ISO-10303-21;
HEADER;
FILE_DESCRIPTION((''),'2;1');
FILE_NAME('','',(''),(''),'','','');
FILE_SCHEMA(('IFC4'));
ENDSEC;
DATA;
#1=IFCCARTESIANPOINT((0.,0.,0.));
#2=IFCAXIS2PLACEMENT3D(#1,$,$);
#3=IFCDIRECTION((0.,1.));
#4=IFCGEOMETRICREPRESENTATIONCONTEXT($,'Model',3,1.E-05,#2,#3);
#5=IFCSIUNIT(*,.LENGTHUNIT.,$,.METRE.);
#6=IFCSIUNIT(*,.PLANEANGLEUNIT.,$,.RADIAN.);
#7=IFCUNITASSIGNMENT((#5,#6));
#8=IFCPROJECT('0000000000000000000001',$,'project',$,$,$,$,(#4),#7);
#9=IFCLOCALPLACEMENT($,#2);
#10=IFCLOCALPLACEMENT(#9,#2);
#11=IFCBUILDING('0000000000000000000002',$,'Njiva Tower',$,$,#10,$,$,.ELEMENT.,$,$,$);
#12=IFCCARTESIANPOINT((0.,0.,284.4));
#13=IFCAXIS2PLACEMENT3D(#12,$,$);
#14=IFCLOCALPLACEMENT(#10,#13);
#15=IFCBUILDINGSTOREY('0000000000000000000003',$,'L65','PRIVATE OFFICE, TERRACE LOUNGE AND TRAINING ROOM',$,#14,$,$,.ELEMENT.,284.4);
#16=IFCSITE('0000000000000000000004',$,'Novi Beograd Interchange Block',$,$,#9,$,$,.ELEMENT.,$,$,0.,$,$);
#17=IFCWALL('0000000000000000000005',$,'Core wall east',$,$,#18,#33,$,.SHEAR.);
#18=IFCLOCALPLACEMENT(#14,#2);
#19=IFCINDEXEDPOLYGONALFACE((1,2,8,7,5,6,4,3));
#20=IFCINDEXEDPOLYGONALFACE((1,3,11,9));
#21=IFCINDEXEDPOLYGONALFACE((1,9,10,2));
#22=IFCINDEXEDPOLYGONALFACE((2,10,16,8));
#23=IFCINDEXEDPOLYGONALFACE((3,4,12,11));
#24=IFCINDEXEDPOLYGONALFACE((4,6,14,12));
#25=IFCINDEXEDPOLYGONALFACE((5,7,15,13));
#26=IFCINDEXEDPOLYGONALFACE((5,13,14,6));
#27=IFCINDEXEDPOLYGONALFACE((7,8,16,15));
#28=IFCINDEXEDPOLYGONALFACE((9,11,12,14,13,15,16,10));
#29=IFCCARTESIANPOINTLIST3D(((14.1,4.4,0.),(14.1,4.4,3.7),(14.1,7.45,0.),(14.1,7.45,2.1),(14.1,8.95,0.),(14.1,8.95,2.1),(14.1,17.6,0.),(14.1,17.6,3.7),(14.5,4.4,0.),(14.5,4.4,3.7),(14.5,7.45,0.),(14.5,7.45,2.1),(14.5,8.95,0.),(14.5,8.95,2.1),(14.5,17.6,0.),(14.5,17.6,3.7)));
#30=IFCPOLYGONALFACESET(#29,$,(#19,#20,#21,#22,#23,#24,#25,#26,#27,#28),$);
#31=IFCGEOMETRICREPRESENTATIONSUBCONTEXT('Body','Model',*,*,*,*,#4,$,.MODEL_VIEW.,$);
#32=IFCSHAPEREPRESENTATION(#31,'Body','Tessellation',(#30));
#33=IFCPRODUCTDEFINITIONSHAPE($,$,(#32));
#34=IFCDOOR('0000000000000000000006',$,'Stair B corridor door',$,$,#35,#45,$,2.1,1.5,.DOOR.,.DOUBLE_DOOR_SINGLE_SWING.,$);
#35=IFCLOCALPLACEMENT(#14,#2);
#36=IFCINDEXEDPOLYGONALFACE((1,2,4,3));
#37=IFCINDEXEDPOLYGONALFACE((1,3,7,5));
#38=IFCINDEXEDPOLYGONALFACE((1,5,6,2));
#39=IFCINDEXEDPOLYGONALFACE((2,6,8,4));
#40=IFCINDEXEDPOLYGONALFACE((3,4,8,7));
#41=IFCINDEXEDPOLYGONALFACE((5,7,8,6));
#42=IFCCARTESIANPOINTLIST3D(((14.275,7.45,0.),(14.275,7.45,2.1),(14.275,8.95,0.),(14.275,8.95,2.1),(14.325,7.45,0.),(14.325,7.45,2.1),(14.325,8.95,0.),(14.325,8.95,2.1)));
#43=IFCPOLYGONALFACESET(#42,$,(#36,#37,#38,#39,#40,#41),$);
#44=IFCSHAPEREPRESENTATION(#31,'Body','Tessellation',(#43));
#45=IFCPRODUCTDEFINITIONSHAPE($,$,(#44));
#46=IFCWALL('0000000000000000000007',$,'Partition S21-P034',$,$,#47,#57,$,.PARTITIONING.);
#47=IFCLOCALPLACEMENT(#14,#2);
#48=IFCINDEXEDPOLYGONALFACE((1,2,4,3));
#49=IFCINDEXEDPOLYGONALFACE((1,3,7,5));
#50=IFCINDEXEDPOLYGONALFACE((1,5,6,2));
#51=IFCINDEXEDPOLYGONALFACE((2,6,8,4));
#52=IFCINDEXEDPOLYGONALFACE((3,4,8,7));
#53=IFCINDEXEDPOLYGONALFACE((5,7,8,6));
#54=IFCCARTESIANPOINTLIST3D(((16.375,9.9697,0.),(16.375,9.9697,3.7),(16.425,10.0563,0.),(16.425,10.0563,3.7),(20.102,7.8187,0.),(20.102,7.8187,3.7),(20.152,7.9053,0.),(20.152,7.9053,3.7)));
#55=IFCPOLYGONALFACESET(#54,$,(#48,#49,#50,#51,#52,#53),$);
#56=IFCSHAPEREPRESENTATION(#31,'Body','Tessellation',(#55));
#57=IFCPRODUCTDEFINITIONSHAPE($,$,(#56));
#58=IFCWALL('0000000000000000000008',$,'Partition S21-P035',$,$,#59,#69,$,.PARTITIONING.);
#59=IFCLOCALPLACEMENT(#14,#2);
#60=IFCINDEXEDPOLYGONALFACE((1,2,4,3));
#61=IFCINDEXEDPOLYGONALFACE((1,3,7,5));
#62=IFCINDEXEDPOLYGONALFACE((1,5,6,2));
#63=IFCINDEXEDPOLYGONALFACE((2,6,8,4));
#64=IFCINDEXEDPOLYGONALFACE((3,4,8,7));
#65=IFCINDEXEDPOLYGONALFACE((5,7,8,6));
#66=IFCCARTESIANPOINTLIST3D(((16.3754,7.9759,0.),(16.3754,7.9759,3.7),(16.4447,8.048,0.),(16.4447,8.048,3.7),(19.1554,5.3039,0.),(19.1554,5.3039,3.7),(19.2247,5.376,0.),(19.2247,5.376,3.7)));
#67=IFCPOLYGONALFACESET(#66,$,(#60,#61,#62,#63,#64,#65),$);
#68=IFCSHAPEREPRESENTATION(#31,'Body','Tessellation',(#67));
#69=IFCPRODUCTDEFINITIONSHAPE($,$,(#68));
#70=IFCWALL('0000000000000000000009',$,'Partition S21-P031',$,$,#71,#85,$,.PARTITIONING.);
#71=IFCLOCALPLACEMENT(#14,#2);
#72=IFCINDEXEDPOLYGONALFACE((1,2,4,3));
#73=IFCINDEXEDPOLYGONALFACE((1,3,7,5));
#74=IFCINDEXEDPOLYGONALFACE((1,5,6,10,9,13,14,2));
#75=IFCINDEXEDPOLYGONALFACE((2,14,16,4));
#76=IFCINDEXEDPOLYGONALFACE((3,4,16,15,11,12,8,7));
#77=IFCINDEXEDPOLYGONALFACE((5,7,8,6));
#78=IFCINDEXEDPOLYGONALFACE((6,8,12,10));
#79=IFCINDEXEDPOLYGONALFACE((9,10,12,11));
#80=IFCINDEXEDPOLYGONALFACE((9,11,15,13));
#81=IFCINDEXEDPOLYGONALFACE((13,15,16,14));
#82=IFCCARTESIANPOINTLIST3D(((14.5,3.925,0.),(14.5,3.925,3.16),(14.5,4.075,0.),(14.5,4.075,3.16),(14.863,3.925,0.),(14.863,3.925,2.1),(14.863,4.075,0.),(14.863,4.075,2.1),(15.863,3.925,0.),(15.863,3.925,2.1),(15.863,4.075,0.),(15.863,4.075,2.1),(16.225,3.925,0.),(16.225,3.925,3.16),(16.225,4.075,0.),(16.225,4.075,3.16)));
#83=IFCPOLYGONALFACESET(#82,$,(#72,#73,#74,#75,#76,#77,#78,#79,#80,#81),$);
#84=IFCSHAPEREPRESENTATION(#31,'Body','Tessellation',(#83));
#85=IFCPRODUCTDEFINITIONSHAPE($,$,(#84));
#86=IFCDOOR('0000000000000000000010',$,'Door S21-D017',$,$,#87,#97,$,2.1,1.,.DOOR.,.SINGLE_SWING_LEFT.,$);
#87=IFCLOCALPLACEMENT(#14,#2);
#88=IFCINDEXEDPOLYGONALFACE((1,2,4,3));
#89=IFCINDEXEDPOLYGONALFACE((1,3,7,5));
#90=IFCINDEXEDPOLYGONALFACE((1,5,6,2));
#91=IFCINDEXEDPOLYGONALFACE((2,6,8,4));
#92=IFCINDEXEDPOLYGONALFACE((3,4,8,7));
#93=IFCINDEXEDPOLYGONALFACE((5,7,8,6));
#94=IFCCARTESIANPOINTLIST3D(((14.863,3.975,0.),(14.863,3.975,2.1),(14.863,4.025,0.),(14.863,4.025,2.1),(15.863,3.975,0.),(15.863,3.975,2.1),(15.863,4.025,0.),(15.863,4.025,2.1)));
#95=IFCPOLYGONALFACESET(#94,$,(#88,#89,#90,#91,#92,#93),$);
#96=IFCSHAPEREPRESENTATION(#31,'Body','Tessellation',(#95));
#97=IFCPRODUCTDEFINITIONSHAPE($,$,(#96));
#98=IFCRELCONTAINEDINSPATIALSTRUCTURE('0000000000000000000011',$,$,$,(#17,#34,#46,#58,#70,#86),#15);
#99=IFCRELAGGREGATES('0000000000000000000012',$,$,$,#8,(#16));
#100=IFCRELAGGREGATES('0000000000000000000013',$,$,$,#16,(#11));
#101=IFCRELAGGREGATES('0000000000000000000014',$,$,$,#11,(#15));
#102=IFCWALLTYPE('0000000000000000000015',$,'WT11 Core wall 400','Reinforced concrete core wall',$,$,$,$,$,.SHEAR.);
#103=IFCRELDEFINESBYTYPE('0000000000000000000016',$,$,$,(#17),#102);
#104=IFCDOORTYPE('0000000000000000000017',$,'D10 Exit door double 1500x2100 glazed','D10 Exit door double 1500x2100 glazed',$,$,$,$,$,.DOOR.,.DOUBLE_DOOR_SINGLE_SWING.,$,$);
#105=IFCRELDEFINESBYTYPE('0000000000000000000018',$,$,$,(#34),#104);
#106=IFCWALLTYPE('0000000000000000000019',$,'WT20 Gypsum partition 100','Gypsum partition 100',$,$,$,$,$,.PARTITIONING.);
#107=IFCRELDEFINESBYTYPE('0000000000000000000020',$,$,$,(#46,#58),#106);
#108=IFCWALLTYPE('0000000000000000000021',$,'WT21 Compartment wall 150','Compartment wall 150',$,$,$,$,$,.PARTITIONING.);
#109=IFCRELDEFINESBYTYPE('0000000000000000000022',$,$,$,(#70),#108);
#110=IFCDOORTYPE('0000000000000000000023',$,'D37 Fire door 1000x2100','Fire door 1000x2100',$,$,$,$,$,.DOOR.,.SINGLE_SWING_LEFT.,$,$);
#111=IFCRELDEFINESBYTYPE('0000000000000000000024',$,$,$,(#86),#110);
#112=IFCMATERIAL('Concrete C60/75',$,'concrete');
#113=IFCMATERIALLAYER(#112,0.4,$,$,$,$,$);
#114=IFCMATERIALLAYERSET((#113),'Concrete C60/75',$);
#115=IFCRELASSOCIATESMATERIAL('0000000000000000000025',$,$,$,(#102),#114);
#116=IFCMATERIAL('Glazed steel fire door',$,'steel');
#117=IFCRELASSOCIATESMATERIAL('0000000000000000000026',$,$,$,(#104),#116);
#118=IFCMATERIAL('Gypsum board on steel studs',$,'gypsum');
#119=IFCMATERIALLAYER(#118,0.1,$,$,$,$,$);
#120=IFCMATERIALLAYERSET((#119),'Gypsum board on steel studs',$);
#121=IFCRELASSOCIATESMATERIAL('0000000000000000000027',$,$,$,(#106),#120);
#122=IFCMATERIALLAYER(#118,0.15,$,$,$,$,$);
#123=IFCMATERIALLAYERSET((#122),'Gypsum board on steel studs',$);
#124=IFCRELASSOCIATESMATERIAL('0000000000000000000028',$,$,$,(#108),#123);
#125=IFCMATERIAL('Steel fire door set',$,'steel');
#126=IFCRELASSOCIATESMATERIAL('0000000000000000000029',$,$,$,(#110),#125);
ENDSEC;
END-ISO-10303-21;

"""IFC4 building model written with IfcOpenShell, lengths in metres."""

from ifc_helpers import new_model, si_unit, direction, frame, frame_2d, origin, place, context, subcontext, project, spatial, rectangle, extrude, material, layer, layer_set, type_object, element, fill, save


model = new_model("IFC4")

# Units and contexts
model_context = context("Model", 3, precision=1e-05, world=origin(), true_north=direction((0.0, 1.0)))
body_context = subcontext(model_context, "Body", "Model", "MODEL_VIEW")
ifc_project = project(units=[si_unit("LENGTHUNIT", "METRE"), si_unit("PLANEANGLEUNIT", "RADIAN")], contexts=[model_context])

# Site, building, storey
site_placement = place(None, origin())
site = spatial("IfcSite", under=ifc_project, at=site_placement, Name="Novi Beograd Interchange Block", CompositionType="ELEMENT", RefElevation=0.0)
building_placement = place(site_placement, origin())
building = spatial("IfcBuilding", under=site, at=building_placement, Name="Njiva Tower", CompositionType="ELEMENT")
storey_placement = place(building_placement, frame((0.0, 0.0, 284.4)))
storey = spatial("IfcBuildingStorey", under=building, at=storey_placement, Name="L65", Description="PRIVATE OFFICE, TERRACE LOUNGE AND TRAINING ROOM", CompositionType="ELEMENT", Elevation=284.4)

# Wall, opening, door
ifc_material_1 = material(Name="Concrete C60/75", Category="concrete")
ifc_layer_1 = layer(ifc_material_1, 0.4)
ifc_layer_set_1 = layer_set([ifc_layer_1], Name="Concrete C60/75")
wall_type_1 = type_object("IfcWallType", Name="WT11 Core wall 400", Description="Reinforced concrete core wall", PredefinedType="SHEAR", material=ifc_layer_set_1)
wall_1_placement = place(storey_placement, frame((14.3, 4.4, 0.0), z_axis=(0.0, 0.0, 1.0), x_axis=(0.0, 1.0, 0.0)))
wall_1 = element("IfcWall", 1, at=wall_1_placement, inside=storey, type_object=wall_type_1, Name="Core wall east", PredefinedType="SHEAR", context=body_context, shape_type="SweptSolid", body=[
    extrude(rectangle(XDim=13.2, YDim=0.4, at=frame_2d((6.6, 0.0))), origin(), (0.0, 0.0, 1.0), 3.7),
])
opening_1_placement = place(wall_1_placement, frame((3.05, 0.0, 0.0)))
opening_1 = element("IfcOpeningElement", 2, at=opening_1_placement, cuts=wall_1, PredefinedType="OPENING", context=body_context, shape_type="SweptSolid", body=[
    extrude(rectangle(XDim=1.5, YDim=2.1, at=frame_2d((0.75, 1.05))), frame((0.0, 0.21, 0.0), z_axis=(0.0, -1.0, 0.0), x_axis=(1.0, 0.0, 0.0)), (0.0, 0.0, 1.0), 0.42),
])
ifc_material_2 = material(Name="Glazed steel fire door", Category="steel")
door_type_1 = type_object("IfcDoorType", Name="D10 Exit door double 1500x2100 glazed", Description="D10 Exit door double 1500x2100 glazed", OperationType="DOUBLE_DOOR_SINGLE_SWING", PredefinedType="DOOR", material=ifc_material_2)
door_1_placement = place(opening_1_placement, origin())
door_1 = element("IfcDoor", 3, at=door_1_placement, inside=storey, type_object=door_type_1, Name="Stair B corridor door", OperationType="DOUBLE_DOOR_SINGLE_SWING", OverallHeight=2.1, OverallWidth=1.5, PredefinedType="DOOR", context=body_context, shape_type="SweptSolid", body=[
    extrude(rectangle(XDim=1.5, YDim=2.1, at=frame_2d((0.75, 1.05))), frame((0.0, 0.025, 0.0), z_axis=(0.0, -1.0, 0.0), x_axis=(1.0, 0.0, 0.0)), (0.0, 0.0, 1.0), 0.05),
])
fill(opening_1, door_1)

# Walls
ifc_material_3 = material(Name="Gypsum board on steel studs", Category="gypsum")
ifc_layer_2 = layer(ifc_material_3, 0.1)
ifc_layer_set_2 = layer_set([ifc_layer_2], Name="Gypsum board on steel studs")
wall_type_2 = type_object("IfcWallType", Name="WT20 Gypsum partition 100", Description="Gypsum partition 100", PredefinedType="PARTITIONING", material=ifc_layer_set_2)
wall_2_placement = place(storey_placement, frame((16.4, 10.013, 0.0), z_axis=(0.0, 0.0, 1.0), x_axis=(0.866104, -0.499863, 0.0)))
element("IfcWall", 4, at=wall_2_placement, inside=storey, type_object=wall_type_2, Name="Partition S21-P034", PredefinedType="PARTITIONING", context=body_context, shape_type="SweptSolid", body=[
    extrude(rectangle(XDim=4.3032, YDim=0.1, at=frame_2d((2.1516, 0.0))), origin(), (0.0, 0.0, 1.0), 3.7),
])
wall_3_placement = place(storey_placement, frame((16.41, 8.012, 0.0), z_axis=(0.0, 0.0, 1.0), x_axis=(0.720973, -0.692964, 0.0)))
element("IfcWall", 5, at=wall_3_placement, inside=storey, type_object=wall_type_2, Name="Partition S21-P035", PredefinedType="PARTITIONING", context=body_context, shape_type="SweptSolid", body=[
    extrude(rectangle(XDim=3.8559, YDim=0.1, at=frame_2d((1.928, 0.0))), origin(), (0.0, 0.0, 1.0), 3.7),
])

# Wall, opening, door
ifc_layer_3 = layer(ifc_material_3, 0.15)
ifc_layer_set_3 = layer_set([ifc_layer_3], Name="Gypsum board on steel studs")
wall_type_3 = type_object("IfcWallType", Name="WT21 Compartment wall 150", Description="Compartment wall 150", PredefinedType="PARTITIONING", material=ifc_layer_set_3)
wall_4_placement = place(storey_placement, frame((14.5, 4.0, 0.0), z_axis=(0.0, 0.0, 1.0), x_axis=(1.0, 0.0, 0.0)))
wall_4 = element("IfcWall", 6, at=wall_4_placement, inside=storey, type_object=wall_type_3, Name="Partition S21-P031", PredefinedType="PARTITIONING", context=body_context, shape_type="SweptSolid", body=[
    extrude(rectangle(XDim=1.725, YDim=0.15, at=frame_2d((0.8625, 0.0))), origin(), (0.0, 0.0, 1.0), 3.16),
])
opening_2_placement = place(wall_4_placement, frame((0.363, 0.0, 0.0)))
opening_2 = element("IfcOpeningElement", 7, at=opening_2_placement, cuts=wall_4, PredefinedType="OPENING", context=body_context, shape_type="SweptSolid", body=[
    extrude(rectangle(XDim=1.0, YDim=2.1, at=frame_2d((0.5, 1.05))), frame((0.0, 0.085, 0.0), z_axis=(0.0, -1.0, 0.0), x_axis=(1.0, 0.0, 0.0)), (0.0, 0.0, 1.0), 0.17),
])
ifc_material_4 = material(Name="Steel fire door set", Category="steel")
door_type_2 = type_object("IfcDoorType", Name="D37 Fire door 1000x2100", Description="Fire door 1000x2100", OperationType="SINGLE_SWING_LEFT", PredefinedType="DOOR", material=ifc_material_4)
door_2_placement = place(opening_2_placement, origin())
door_2 = element("IfcDoor", 8, at=door_2_placement, inside=storey, type_object=door_type_2, Name="Door S21-D017", OperationType="SINGLE_SWING_LEFT", OverallHeight=2.1, OverallWidth=1.0, PredefinedType="DOOR", context=body_context, shape_type="SweptSolid", body=[
    extrude(rectangle(XDim=1.0, YDim=2.1, at=frame_2d((0.5, 1.05))), frame((0.0, 0.025, 0.0), z_axis=(0.0, -1.0, 0.0), x_axis=(1.0, 0.0, 0.0)), (0.0, 0.0, 1.0), 0.05),
])
fill(opening_2, door_2)

save(model, "model.ifc")
